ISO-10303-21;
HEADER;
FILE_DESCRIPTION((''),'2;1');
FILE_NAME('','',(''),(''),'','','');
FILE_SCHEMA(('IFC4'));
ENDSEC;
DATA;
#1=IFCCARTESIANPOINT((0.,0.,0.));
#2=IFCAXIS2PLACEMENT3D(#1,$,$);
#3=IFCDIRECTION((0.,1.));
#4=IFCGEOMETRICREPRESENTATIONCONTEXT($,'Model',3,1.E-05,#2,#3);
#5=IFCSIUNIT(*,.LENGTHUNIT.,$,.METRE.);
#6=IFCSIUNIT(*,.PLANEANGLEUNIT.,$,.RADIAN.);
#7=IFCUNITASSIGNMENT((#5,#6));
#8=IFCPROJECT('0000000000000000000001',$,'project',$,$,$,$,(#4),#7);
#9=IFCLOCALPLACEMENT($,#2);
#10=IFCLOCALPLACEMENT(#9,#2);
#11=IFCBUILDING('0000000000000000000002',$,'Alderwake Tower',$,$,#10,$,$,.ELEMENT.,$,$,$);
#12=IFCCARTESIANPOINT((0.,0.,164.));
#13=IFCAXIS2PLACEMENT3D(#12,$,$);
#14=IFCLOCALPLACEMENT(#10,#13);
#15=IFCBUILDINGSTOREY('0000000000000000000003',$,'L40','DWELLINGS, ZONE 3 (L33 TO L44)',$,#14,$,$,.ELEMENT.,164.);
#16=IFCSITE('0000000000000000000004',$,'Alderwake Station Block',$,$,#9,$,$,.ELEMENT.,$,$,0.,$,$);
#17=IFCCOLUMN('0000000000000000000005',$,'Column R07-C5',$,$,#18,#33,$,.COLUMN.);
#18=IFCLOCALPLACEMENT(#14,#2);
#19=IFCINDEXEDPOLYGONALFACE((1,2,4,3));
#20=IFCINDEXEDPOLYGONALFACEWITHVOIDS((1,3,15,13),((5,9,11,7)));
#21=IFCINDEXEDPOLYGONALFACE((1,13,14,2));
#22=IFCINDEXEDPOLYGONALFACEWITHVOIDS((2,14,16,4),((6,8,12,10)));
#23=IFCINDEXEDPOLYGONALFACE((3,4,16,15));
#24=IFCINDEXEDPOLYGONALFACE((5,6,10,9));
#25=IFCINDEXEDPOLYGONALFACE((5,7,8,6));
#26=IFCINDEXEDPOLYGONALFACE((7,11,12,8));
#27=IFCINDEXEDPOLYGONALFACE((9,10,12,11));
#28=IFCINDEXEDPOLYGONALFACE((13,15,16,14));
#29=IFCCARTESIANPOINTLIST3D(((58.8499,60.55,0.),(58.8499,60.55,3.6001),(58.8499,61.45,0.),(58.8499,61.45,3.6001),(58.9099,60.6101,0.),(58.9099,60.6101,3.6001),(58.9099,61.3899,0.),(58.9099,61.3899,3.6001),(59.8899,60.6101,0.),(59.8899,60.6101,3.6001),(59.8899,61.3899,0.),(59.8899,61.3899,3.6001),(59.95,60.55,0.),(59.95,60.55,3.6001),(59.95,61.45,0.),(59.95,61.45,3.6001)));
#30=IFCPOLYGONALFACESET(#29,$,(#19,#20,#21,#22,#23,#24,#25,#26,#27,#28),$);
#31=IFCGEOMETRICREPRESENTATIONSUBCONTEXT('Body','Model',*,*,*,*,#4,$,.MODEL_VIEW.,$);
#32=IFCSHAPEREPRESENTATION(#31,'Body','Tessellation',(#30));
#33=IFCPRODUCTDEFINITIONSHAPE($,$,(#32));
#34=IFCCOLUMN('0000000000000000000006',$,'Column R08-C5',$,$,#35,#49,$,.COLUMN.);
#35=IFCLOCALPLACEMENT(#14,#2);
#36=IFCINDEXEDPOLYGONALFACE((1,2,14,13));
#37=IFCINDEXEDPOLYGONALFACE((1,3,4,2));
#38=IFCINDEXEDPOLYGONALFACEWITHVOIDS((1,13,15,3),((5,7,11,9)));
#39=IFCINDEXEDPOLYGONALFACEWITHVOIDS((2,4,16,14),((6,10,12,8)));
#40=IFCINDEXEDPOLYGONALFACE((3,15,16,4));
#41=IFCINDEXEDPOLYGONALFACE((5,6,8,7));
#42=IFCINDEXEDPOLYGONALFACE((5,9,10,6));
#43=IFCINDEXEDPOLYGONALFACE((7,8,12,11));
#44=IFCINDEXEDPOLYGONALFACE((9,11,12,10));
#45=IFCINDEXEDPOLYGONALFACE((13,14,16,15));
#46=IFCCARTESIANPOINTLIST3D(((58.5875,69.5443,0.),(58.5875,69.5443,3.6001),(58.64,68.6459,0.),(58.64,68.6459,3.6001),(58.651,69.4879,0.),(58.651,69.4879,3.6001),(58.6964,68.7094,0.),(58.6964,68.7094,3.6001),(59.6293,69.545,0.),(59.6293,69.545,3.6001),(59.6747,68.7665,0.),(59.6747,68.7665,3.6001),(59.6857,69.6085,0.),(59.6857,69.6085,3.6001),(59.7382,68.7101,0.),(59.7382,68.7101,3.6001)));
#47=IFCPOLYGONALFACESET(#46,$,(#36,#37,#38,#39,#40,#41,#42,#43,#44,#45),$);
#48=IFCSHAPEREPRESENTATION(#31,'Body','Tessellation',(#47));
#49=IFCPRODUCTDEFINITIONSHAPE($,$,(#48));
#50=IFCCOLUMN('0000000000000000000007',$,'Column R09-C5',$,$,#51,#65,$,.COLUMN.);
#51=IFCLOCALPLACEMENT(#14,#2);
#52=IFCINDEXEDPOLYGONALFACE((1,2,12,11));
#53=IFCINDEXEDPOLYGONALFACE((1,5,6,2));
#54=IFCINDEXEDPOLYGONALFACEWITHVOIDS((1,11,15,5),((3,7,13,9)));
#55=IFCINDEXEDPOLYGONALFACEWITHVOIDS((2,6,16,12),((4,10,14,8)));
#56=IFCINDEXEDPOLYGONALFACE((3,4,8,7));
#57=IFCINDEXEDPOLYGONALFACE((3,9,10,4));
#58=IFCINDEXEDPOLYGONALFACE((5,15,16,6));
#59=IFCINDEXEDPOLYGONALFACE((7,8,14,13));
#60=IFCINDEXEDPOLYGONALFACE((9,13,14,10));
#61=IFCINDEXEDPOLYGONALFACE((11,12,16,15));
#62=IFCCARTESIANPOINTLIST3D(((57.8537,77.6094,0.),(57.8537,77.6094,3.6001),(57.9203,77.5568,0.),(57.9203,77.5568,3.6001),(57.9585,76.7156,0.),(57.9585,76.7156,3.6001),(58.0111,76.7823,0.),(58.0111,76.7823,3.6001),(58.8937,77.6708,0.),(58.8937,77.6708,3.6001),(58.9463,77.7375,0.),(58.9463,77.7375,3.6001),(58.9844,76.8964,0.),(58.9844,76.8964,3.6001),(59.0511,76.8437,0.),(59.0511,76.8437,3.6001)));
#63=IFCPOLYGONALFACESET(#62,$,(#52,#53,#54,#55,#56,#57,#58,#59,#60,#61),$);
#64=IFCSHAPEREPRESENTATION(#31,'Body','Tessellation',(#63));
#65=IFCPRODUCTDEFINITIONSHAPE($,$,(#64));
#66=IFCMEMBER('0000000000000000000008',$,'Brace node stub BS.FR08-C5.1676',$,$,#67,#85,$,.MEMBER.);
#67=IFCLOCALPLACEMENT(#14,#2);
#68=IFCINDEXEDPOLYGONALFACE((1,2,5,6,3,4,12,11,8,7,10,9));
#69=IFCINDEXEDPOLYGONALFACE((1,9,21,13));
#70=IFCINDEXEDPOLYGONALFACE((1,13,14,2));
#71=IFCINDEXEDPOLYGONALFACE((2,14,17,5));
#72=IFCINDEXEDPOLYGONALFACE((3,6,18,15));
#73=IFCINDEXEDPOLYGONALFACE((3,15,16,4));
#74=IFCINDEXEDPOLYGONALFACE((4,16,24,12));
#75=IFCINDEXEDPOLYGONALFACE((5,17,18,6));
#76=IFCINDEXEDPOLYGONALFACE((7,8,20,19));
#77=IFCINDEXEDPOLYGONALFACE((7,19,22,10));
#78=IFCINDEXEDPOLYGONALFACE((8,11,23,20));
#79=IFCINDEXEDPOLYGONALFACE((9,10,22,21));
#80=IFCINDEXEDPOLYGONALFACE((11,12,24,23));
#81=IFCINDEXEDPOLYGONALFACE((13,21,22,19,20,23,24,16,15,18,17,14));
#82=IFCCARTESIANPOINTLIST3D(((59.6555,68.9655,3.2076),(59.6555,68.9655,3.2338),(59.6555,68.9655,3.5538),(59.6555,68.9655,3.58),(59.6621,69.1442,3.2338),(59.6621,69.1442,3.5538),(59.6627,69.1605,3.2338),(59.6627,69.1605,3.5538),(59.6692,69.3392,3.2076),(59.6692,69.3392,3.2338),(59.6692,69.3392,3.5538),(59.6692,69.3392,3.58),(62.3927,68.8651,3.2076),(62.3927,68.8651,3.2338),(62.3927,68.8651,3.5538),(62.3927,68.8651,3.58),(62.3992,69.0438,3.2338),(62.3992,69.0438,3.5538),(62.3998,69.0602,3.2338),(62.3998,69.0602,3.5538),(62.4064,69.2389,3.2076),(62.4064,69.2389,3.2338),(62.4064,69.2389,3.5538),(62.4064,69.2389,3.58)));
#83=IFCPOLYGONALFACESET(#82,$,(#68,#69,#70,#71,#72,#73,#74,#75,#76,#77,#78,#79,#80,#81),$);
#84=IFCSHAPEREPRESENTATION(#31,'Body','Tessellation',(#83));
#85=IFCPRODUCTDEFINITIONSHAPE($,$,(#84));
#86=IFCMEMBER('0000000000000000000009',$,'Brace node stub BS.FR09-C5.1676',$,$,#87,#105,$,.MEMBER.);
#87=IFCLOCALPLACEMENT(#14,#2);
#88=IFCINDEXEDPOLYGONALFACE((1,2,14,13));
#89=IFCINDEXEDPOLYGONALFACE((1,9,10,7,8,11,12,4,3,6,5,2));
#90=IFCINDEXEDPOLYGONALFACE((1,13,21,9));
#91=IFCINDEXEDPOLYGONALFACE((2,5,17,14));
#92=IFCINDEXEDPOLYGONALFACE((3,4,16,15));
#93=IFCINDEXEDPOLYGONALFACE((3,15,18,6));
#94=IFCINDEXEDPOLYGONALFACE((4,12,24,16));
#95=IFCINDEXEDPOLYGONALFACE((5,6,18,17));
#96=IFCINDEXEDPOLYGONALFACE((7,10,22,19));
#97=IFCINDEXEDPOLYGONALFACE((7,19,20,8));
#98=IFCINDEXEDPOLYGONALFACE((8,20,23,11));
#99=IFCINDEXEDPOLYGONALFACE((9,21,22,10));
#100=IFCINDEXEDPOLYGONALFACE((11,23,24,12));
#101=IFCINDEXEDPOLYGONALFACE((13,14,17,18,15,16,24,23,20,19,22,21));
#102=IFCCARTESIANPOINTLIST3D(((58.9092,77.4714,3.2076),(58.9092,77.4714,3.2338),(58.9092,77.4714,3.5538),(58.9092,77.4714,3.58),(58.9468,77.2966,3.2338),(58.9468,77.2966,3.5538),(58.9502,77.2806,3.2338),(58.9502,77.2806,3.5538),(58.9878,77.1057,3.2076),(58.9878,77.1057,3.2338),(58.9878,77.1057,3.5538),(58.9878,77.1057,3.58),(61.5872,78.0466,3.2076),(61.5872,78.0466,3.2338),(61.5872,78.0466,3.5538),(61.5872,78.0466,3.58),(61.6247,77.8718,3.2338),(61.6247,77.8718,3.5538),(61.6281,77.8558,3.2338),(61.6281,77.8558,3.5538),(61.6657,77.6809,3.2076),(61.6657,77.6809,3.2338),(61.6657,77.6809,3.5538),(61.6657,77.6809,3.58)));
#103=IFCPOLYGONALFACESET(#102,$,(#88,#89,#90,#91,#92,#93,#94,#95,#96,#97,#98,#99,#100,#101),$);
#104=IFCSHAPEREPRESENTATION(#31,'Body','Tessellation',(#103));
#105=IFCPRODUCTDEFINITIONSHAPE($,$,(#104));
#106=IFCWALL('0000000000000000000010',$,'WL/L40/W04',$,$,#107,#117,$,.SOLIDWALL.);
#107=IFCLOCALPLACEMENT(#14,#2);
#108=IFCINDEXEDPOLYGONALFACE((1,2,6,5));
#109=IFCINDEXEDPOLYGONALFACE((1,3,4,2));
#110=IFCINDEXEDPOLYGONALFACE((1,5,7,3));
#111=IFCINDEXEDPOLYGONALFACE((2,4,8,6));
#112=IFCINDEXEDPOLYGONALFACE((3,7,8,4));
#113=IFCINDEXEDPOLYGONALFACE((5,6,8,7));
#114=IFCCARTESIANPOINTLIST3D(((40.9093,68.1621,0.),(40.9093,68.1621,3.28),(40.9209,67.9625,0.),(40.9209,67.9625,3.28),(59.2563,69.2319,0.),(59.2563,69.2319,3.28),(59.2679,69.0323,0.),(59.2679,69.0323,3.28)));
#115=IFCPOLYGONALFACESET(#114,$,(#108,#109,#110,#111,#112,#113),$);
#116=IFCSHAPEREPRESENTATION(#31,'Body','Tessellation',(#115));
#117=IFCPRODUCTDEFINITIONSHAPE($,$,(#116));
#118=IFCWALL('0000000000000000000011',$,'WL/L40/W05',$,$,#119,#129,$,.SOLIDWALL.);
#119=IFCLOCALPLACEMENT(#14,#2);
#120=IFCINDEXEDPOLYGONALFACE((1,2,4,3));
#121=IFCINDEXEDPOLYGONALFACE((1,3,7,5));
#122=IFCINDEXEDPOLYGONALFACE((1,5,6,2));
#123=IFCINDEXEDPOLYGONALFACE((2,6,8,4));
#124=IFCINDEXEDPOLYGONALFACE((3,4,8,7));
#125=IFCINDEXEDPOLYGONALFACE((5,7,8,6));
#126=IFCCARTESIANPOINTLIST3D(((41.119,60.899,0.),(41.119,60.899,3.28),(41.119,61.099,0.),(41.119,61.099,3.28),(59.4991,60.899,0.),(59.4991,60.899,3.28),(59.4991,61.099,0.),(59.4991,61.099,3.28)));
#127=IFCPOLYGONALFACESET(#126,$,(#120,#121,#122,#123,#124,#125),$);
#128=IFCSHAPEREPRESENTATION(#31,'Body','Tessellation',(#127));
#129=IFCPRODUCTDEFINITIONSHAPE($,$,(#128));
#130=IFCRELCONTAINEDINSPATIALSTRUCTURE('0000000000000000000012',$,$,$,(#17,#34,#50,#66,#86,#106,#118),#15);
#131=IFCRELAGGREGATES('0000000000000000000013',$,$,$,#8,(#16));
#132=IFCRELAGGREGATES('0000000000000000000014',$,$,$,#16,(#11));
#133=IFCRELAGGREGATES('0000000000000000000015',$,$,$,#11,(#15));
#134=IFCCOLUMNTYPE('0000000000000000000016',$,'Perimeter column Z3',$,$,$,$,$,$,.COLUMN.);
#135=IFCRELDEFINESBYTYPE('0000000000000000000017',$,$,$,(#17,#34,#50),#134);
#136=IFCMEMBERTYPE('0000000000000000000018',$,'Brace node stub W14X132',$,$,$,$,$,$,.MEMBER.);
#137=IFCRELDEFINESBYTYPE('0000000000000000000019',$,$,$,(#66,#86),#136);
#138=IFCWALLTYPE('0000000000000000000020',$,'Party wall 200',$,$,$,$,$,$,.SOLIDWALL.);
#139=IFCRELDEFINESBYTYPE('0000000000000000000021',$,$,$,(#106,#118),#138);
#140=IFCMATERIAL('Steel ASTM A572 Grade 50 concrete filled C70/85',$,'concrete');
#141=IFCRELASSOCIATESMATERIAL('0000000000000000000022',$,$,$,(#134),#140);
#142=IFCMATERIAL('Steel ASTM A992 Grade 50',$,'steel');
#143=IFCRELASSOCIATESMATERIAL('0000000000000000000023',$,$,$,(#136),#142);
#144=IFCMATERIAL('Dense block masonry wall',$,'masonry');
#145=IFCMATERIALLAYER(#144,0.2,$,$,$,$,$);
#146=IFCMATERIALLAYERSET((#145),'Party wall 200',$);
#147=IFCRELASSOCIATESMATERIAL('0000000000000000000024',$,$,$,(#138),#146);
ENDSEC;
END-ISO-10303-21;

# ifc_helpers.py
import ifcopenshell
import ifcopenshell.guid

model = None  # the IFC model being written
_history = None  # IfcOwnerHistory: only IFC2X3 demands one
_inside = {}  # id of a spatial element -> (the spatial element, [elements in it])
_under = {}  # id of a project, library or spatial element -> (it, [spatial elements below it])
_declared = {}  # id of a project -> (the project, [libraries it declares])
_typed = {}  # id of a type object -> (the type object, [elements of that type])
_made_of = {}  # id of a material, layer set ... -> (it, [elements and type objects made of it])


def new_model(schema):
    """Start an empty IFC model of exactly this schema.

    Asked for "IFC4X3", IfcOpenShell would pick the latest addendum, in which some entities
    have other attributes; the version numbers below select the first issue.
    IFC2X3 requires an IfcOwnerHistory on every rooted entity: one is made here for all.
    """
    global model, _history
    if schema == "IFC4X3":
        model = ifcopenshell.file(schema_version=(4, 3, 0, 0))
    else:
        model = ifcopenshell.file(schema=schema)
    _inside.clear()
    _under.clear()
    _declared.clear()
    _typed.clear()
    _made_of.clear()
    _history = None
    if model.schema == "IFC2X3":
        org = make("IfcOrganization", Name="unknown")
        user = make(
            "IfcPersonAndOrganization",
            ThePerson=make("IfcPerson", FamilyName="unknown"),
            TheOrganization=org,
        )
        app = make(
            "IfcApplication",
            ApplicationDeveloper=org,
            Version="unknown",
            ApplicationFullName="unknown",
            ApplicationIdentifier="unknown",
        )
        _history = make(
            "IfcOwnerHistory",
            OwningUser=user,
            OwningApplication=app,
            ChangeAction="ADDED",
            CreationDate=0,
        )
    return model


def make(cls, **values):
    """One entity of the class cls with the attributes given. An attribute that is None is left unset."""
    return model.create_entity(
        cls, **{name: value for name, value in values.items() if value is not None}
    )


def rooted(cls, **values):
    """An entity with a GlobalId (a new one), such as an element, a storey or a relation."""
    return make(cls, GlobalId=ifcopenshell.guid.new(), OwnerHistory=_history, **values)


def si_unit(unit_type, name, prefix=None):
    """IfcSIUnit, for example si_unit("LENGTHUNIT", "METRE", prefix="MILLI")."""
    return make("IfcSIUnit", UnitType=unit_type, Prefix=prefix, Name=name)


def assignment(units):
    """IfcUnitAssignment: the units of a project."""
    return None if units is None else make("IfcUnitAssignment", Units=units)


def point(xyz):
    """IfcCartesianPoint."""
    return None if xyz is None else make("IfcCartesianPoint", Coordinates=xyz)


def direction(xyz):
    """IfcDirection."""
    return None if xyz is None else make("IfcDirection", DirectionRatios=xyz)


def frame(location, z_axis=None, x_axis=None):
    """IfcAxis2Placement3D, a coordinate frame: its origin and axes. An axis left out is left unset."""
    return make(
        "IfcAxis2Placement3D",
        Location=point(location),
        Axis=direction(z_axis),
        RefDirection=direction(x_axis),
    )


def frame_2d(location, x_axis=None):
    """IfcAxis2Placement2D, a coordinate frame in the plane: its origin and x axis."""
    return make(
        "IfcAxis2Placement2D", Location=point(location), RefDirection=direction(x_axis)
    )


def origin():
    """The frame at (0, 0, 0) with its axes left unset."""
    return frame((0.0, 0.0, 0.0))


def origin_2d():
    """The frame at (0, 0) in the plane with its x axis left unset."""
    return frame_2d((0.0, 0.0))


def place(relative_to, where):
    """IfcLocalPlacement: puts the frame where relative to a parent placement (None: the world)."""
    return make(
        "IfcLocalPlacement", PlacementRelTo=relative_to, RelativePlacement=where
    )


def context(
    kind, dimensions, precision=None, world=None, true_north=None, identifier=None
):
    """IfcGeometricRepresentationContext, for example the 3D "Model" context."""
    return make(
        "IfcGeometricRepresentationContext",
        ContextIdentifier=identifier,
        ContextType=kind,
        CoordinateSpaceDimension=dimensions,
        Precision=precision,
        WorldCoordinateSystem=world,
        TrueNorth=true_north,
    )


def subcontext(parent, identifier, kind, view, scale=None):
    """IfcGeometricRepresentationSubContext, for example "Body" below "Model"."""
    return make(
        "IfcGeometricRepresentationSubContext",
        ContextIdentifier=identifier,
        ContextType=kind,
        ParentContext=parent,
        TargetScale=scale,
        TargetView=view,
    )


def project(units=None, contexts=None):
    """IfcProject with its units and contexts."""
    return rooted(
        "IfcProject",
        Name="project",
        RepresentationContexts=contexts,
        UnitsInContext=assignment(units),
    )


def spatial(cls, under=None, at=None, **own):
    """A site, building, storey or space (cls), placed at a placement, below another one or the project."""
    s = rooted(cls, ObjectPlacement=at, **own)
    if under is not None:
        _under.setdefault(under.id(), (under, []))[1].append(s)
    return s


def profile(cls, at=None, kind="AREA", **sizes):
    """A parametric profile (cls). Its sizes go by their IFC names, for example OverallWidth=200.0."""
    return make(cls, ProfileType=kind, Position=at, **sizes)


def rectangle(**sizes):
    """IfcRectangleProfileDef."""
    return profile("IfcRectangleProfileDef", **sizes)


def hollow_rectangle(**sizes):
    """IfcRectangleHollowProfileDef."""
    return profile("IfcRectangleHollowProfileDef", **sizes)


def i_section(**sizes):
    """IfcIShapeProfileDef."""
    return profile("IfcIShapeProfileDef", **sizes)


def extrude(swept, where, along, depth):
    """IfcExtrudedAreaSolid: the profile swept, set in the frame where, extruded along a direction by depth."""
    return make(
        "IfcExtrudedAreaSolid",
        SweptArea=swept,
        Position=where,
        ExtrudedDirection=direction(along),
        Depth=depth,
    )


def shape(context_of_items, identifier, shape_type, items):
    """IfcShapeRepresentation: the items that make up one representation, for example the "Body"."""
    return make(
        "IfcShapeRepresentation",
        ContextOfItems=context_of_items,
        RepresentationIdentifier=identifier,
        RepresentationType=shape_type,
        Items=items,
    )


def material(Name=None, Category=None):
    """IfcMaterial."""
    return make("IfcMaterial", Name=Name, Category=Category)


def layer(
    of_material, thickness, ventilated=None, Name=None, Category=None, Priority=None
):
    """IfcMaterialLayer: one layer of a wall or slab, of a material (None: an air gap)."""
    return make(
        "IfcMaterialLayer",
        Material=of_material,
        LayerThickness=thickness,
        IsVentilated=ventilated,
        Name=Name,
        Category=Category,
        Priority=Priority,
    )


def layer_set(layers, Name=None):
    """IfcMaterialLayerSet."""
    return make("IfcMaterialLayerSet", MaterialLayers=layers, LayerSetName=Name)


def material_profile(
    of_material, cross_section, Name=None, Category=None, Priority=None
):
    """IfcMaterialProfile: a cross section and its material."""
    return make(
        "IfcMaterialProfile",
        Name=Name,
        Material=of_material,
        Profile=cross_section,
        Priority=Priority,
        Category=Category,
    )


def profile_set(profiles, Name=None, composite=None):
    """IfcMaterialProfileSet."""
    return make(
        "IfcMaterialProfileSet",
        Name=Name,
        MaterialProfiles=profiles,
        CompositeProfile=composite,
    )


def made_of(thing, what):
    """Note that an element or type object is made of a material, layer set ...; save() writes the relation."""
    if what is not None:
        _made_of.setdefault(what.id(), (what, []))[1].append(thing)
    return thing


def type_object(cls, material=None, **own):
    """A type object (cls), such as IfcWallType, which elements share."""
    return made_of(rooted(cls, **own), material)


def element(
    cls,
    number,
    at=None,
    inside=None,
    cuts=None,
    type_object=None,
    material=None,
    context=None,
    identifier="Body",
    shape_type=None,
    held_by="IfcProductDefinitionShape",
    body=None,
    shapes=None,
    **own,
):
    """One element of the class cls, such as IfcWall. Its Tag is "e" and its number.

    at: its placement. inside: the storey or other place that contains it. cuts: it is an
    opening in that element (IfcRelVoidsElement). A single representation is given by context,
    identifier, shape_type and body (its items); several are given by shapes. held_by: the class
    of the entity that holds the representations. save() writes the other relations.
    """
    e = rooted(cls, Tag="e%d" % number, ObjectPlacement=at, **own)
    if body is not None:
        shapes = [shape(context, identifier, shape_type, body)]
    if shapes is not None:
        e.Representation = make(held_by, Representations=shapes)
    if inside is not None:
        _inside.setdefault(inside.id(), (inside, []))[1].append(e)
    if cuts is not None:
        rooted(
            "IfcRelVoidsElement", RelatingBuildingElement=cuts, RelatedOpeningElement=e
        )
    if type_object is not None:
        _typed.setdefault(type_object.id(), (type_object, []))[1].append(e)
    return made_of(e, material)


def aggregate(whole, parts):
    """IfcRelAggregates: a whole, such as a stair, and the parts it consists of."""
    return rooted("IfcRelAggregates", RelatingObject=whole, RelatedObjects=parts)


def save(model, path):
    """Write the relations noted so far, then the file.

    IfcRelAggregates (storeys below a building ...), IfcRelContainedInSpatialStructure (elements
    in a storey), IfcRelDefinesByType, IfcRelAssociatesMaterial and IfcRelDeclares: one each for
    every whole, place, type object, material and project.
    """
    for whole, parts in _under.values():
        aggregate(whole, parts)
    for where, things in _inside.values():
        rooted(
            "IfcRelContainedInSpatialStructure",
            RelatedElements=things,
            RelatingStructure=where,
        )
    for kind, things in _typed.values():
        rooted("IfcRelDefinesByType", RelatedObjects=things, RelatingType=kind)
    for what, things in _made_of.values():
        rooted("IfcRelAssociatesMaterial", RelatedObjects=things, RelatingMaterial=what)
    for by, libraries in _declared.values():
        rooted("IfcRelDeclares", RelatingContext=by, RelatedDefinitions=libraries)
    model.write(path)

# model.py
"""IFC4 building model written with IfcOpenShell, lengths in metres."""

from ifc_helpers import new_model, si_unit, direction, frame, frame_2d, origin, origin_2d, place, context, subcontext, project, spatial, rectangle, hollow_rectangle, i_section, extrude, material, layer, layer_set, material_profile, profile_set, type_object, element, save


model = new_model("IFC4")

# Units and contexts
model_context = context("Model", 3, precision=1e-05, world=origin(), true_north=direction((0.0, 1.0)))
body_context = subcontext(model_context, "Body", "Model", "MODEL_VIEW")
ifc_project = project(units=[si_unit("LENGTHUNIT", "METRE"), si_unit("PLANEANGLEUNIT", "RADIAN")], contexts=[model_context])

# Site, building, storey
site_placement = place(None, origin())
site = spatial("IfcSite", under=ifc_project, at=site_placement, Name="Alderwake Station Block", CompositionType="ELEMENT", RefElevation=0.0)
building_placement = place(site_placement, origin())
building = spatial("IfcBuilding", under=site, at=building_placement, Name="Alderwake Tower", CompositionType="ELEMENT")
storey_placement = place(building_placement, frame((0.0, 0.0, 164.0)))
storey = spatial("IfcBuildingStorey", under=building, at=storey_placement, Name="L40", Description="DWELLINGS, ZONE 3 (L33 TO L44)", CompositionType="ELEMENT", Elevation=164.0)

# Columns
ifc_material_1 = material(Name="Steel ASTM A572 Grade 50 concrete filled C70/85", Category="concrete")
ifc_material_profile_1 = material_profile(ifc_material_1, hollow_rectangle(XDim=0.8999, YDim=1.1001, WallThickness=0.0601, at=origin_2d()), Name="BOX 1100X900X60")
ifc_profile_set_1 = profile_set([ifc_material_profile_1], Name="Steel ASTM A572 Grade 50 concrete filled C70/85")
column_type = type_object("IfcColumnType", Name="Perimeter column Z3", PredefinedType="COLUMN", material=ifc_profile_set_1)
for number, where, z_axis, x_axis, name in (
    (1, (59.3999, 61.0, 0.0), (0.0, 0.0, 1.0), (0.0, 1.0, 0.0), "Column R07-C5"),
    (2, (59.1628, 69.1272, 0.0), (0.0, 0.0, 1.0), (-0.058301, 0.998299, 0.0), "Column R08-C5"),
    (3, (58.4524, 77.2266, 0.0), (0.0, 0.0, 1.0), (-0.116402, 0.993202, 0.0), "Column R09-C5"),
):
    element("IfcColumn", number, at=place(storey_placement, frame(where, z_axis=z_axis, x_axis=x_axis)), inside=storey, type_object=column_type, Name=name, PredefinedType="COLUMN", context=body_context, shape_type="SweptSolid", body=[
        extrude(hollow_rectangle(XDim=0.8999, YDim=1.1001, WallThickness=0.0601, at=origin_2d()), origin(), (0.0, 0.0, 1.0), 3.6001),
    ])

# Members
ifc_material_2 = material(Name="Steel ASTM A992 Grade 50", Category="steel")
ifc_material_profile_2 = material_profile(ifc_material_2, i_section(OverallWidth=0.374, OverallDepth=0.3723, WebThickness=0.0164, FlangeThickness=0.0261, at=origin_2d()), Name="W14X132")
ifc_profile_set_2 = profile_set([ifc_material_profile_2], Name="Steel ASTM A992 Grade 50")
member_type = type_object("IfcMemberType", Name="Brace node stub W14X132", PredefinedType="MEMBER", material=ifc_profile_set_2)
for number, where, z_axis, x_axis, name in (
    (4, (59.6624, 69.1523, 3.3938), (0.999329, -0.036636, 0.0), (0.036636, 0.999329, 0.0), "Brace node stub BS.FR08-C5.1676"),
    (5, (58.9485, 77.2886, 3.3938), (0.977702, 0.209998, 0.0), (-0.209998, 0.977702, 0.0), "Brace node stub BS.FR09-C5.1676"),
):
    element("IfcMember", number, at=place(storey_placement, frame(where, z_axis=z_axis, x_axis=x_axis)), inside=storey, type_object=member_type, Name=name, PredefinedType="MEMBER", context=body_context, shape_type="SweptSolid", body=[
        extrude(i_section(OverallWidth=0.374, OverallDepth=0.3723, WebThickness=0.0164, FlangeThickness=0.0261, at=origin_2d()), origin(), (0.0, 0.0, 1.0), 2.739),
    ])

# Walls
ifc_material_3 = material(Name="Dense block masonry wall", Category="masonry")
ifc_layer_1 = layer(ifc_material_3, 0.2)
ifc_layer_set_1 = layer_set([ifc_layer_1], Name="Party wall 200")
wall_type_1 = type_object("IfcWallType", Name="Party wall 200", PredefinedType="SOLIDWALL", material=ifc_layer_set_1)
wall_1_placement = place(storey_placement, frame((59.262, 69.1321, 0.0), z_axis=(0.0, 0.0, 1.0), x_axis=(-0.998304, -0.058212, 0.0)))
element("IfcWall", 6, at=wall_1_placement, inside=storey, type_object=wall_type_1, Name="WL/L40/W04", PredefinedType="SOLIDWALL", context=body_context, shape_type="SweptSolid", body=[
    extrude(rectangle(XDim=18.3782, YDim=0.2, at=frame_2d((9.189, 0.0))), origin(), (0.0, 0.0, 1.0), 3.28),
])
wall_2_placement = place(storey_placement, frame((59.499, 60.999, 0.0), z_axis=(0.0, 0.0, 1.0), x_axis=(-1.0, 0.0, 0.0)))
element("IfcWall", 7, at=wall_2_placement, inside=storey, type_object=wall_type_1, Name="WL/L40/W05", PredefinedType="SOLIDWALL", context=body_context, shape_type="SweptSolid", body=[
    extrude(rectangle(XDim=18.3801, YDim=0.2, at=frame_2d((9.1899, 0.0))), origin(), (0.0, 0.0, 1.0), 3.28),
])

save(model, "model.ifc")
